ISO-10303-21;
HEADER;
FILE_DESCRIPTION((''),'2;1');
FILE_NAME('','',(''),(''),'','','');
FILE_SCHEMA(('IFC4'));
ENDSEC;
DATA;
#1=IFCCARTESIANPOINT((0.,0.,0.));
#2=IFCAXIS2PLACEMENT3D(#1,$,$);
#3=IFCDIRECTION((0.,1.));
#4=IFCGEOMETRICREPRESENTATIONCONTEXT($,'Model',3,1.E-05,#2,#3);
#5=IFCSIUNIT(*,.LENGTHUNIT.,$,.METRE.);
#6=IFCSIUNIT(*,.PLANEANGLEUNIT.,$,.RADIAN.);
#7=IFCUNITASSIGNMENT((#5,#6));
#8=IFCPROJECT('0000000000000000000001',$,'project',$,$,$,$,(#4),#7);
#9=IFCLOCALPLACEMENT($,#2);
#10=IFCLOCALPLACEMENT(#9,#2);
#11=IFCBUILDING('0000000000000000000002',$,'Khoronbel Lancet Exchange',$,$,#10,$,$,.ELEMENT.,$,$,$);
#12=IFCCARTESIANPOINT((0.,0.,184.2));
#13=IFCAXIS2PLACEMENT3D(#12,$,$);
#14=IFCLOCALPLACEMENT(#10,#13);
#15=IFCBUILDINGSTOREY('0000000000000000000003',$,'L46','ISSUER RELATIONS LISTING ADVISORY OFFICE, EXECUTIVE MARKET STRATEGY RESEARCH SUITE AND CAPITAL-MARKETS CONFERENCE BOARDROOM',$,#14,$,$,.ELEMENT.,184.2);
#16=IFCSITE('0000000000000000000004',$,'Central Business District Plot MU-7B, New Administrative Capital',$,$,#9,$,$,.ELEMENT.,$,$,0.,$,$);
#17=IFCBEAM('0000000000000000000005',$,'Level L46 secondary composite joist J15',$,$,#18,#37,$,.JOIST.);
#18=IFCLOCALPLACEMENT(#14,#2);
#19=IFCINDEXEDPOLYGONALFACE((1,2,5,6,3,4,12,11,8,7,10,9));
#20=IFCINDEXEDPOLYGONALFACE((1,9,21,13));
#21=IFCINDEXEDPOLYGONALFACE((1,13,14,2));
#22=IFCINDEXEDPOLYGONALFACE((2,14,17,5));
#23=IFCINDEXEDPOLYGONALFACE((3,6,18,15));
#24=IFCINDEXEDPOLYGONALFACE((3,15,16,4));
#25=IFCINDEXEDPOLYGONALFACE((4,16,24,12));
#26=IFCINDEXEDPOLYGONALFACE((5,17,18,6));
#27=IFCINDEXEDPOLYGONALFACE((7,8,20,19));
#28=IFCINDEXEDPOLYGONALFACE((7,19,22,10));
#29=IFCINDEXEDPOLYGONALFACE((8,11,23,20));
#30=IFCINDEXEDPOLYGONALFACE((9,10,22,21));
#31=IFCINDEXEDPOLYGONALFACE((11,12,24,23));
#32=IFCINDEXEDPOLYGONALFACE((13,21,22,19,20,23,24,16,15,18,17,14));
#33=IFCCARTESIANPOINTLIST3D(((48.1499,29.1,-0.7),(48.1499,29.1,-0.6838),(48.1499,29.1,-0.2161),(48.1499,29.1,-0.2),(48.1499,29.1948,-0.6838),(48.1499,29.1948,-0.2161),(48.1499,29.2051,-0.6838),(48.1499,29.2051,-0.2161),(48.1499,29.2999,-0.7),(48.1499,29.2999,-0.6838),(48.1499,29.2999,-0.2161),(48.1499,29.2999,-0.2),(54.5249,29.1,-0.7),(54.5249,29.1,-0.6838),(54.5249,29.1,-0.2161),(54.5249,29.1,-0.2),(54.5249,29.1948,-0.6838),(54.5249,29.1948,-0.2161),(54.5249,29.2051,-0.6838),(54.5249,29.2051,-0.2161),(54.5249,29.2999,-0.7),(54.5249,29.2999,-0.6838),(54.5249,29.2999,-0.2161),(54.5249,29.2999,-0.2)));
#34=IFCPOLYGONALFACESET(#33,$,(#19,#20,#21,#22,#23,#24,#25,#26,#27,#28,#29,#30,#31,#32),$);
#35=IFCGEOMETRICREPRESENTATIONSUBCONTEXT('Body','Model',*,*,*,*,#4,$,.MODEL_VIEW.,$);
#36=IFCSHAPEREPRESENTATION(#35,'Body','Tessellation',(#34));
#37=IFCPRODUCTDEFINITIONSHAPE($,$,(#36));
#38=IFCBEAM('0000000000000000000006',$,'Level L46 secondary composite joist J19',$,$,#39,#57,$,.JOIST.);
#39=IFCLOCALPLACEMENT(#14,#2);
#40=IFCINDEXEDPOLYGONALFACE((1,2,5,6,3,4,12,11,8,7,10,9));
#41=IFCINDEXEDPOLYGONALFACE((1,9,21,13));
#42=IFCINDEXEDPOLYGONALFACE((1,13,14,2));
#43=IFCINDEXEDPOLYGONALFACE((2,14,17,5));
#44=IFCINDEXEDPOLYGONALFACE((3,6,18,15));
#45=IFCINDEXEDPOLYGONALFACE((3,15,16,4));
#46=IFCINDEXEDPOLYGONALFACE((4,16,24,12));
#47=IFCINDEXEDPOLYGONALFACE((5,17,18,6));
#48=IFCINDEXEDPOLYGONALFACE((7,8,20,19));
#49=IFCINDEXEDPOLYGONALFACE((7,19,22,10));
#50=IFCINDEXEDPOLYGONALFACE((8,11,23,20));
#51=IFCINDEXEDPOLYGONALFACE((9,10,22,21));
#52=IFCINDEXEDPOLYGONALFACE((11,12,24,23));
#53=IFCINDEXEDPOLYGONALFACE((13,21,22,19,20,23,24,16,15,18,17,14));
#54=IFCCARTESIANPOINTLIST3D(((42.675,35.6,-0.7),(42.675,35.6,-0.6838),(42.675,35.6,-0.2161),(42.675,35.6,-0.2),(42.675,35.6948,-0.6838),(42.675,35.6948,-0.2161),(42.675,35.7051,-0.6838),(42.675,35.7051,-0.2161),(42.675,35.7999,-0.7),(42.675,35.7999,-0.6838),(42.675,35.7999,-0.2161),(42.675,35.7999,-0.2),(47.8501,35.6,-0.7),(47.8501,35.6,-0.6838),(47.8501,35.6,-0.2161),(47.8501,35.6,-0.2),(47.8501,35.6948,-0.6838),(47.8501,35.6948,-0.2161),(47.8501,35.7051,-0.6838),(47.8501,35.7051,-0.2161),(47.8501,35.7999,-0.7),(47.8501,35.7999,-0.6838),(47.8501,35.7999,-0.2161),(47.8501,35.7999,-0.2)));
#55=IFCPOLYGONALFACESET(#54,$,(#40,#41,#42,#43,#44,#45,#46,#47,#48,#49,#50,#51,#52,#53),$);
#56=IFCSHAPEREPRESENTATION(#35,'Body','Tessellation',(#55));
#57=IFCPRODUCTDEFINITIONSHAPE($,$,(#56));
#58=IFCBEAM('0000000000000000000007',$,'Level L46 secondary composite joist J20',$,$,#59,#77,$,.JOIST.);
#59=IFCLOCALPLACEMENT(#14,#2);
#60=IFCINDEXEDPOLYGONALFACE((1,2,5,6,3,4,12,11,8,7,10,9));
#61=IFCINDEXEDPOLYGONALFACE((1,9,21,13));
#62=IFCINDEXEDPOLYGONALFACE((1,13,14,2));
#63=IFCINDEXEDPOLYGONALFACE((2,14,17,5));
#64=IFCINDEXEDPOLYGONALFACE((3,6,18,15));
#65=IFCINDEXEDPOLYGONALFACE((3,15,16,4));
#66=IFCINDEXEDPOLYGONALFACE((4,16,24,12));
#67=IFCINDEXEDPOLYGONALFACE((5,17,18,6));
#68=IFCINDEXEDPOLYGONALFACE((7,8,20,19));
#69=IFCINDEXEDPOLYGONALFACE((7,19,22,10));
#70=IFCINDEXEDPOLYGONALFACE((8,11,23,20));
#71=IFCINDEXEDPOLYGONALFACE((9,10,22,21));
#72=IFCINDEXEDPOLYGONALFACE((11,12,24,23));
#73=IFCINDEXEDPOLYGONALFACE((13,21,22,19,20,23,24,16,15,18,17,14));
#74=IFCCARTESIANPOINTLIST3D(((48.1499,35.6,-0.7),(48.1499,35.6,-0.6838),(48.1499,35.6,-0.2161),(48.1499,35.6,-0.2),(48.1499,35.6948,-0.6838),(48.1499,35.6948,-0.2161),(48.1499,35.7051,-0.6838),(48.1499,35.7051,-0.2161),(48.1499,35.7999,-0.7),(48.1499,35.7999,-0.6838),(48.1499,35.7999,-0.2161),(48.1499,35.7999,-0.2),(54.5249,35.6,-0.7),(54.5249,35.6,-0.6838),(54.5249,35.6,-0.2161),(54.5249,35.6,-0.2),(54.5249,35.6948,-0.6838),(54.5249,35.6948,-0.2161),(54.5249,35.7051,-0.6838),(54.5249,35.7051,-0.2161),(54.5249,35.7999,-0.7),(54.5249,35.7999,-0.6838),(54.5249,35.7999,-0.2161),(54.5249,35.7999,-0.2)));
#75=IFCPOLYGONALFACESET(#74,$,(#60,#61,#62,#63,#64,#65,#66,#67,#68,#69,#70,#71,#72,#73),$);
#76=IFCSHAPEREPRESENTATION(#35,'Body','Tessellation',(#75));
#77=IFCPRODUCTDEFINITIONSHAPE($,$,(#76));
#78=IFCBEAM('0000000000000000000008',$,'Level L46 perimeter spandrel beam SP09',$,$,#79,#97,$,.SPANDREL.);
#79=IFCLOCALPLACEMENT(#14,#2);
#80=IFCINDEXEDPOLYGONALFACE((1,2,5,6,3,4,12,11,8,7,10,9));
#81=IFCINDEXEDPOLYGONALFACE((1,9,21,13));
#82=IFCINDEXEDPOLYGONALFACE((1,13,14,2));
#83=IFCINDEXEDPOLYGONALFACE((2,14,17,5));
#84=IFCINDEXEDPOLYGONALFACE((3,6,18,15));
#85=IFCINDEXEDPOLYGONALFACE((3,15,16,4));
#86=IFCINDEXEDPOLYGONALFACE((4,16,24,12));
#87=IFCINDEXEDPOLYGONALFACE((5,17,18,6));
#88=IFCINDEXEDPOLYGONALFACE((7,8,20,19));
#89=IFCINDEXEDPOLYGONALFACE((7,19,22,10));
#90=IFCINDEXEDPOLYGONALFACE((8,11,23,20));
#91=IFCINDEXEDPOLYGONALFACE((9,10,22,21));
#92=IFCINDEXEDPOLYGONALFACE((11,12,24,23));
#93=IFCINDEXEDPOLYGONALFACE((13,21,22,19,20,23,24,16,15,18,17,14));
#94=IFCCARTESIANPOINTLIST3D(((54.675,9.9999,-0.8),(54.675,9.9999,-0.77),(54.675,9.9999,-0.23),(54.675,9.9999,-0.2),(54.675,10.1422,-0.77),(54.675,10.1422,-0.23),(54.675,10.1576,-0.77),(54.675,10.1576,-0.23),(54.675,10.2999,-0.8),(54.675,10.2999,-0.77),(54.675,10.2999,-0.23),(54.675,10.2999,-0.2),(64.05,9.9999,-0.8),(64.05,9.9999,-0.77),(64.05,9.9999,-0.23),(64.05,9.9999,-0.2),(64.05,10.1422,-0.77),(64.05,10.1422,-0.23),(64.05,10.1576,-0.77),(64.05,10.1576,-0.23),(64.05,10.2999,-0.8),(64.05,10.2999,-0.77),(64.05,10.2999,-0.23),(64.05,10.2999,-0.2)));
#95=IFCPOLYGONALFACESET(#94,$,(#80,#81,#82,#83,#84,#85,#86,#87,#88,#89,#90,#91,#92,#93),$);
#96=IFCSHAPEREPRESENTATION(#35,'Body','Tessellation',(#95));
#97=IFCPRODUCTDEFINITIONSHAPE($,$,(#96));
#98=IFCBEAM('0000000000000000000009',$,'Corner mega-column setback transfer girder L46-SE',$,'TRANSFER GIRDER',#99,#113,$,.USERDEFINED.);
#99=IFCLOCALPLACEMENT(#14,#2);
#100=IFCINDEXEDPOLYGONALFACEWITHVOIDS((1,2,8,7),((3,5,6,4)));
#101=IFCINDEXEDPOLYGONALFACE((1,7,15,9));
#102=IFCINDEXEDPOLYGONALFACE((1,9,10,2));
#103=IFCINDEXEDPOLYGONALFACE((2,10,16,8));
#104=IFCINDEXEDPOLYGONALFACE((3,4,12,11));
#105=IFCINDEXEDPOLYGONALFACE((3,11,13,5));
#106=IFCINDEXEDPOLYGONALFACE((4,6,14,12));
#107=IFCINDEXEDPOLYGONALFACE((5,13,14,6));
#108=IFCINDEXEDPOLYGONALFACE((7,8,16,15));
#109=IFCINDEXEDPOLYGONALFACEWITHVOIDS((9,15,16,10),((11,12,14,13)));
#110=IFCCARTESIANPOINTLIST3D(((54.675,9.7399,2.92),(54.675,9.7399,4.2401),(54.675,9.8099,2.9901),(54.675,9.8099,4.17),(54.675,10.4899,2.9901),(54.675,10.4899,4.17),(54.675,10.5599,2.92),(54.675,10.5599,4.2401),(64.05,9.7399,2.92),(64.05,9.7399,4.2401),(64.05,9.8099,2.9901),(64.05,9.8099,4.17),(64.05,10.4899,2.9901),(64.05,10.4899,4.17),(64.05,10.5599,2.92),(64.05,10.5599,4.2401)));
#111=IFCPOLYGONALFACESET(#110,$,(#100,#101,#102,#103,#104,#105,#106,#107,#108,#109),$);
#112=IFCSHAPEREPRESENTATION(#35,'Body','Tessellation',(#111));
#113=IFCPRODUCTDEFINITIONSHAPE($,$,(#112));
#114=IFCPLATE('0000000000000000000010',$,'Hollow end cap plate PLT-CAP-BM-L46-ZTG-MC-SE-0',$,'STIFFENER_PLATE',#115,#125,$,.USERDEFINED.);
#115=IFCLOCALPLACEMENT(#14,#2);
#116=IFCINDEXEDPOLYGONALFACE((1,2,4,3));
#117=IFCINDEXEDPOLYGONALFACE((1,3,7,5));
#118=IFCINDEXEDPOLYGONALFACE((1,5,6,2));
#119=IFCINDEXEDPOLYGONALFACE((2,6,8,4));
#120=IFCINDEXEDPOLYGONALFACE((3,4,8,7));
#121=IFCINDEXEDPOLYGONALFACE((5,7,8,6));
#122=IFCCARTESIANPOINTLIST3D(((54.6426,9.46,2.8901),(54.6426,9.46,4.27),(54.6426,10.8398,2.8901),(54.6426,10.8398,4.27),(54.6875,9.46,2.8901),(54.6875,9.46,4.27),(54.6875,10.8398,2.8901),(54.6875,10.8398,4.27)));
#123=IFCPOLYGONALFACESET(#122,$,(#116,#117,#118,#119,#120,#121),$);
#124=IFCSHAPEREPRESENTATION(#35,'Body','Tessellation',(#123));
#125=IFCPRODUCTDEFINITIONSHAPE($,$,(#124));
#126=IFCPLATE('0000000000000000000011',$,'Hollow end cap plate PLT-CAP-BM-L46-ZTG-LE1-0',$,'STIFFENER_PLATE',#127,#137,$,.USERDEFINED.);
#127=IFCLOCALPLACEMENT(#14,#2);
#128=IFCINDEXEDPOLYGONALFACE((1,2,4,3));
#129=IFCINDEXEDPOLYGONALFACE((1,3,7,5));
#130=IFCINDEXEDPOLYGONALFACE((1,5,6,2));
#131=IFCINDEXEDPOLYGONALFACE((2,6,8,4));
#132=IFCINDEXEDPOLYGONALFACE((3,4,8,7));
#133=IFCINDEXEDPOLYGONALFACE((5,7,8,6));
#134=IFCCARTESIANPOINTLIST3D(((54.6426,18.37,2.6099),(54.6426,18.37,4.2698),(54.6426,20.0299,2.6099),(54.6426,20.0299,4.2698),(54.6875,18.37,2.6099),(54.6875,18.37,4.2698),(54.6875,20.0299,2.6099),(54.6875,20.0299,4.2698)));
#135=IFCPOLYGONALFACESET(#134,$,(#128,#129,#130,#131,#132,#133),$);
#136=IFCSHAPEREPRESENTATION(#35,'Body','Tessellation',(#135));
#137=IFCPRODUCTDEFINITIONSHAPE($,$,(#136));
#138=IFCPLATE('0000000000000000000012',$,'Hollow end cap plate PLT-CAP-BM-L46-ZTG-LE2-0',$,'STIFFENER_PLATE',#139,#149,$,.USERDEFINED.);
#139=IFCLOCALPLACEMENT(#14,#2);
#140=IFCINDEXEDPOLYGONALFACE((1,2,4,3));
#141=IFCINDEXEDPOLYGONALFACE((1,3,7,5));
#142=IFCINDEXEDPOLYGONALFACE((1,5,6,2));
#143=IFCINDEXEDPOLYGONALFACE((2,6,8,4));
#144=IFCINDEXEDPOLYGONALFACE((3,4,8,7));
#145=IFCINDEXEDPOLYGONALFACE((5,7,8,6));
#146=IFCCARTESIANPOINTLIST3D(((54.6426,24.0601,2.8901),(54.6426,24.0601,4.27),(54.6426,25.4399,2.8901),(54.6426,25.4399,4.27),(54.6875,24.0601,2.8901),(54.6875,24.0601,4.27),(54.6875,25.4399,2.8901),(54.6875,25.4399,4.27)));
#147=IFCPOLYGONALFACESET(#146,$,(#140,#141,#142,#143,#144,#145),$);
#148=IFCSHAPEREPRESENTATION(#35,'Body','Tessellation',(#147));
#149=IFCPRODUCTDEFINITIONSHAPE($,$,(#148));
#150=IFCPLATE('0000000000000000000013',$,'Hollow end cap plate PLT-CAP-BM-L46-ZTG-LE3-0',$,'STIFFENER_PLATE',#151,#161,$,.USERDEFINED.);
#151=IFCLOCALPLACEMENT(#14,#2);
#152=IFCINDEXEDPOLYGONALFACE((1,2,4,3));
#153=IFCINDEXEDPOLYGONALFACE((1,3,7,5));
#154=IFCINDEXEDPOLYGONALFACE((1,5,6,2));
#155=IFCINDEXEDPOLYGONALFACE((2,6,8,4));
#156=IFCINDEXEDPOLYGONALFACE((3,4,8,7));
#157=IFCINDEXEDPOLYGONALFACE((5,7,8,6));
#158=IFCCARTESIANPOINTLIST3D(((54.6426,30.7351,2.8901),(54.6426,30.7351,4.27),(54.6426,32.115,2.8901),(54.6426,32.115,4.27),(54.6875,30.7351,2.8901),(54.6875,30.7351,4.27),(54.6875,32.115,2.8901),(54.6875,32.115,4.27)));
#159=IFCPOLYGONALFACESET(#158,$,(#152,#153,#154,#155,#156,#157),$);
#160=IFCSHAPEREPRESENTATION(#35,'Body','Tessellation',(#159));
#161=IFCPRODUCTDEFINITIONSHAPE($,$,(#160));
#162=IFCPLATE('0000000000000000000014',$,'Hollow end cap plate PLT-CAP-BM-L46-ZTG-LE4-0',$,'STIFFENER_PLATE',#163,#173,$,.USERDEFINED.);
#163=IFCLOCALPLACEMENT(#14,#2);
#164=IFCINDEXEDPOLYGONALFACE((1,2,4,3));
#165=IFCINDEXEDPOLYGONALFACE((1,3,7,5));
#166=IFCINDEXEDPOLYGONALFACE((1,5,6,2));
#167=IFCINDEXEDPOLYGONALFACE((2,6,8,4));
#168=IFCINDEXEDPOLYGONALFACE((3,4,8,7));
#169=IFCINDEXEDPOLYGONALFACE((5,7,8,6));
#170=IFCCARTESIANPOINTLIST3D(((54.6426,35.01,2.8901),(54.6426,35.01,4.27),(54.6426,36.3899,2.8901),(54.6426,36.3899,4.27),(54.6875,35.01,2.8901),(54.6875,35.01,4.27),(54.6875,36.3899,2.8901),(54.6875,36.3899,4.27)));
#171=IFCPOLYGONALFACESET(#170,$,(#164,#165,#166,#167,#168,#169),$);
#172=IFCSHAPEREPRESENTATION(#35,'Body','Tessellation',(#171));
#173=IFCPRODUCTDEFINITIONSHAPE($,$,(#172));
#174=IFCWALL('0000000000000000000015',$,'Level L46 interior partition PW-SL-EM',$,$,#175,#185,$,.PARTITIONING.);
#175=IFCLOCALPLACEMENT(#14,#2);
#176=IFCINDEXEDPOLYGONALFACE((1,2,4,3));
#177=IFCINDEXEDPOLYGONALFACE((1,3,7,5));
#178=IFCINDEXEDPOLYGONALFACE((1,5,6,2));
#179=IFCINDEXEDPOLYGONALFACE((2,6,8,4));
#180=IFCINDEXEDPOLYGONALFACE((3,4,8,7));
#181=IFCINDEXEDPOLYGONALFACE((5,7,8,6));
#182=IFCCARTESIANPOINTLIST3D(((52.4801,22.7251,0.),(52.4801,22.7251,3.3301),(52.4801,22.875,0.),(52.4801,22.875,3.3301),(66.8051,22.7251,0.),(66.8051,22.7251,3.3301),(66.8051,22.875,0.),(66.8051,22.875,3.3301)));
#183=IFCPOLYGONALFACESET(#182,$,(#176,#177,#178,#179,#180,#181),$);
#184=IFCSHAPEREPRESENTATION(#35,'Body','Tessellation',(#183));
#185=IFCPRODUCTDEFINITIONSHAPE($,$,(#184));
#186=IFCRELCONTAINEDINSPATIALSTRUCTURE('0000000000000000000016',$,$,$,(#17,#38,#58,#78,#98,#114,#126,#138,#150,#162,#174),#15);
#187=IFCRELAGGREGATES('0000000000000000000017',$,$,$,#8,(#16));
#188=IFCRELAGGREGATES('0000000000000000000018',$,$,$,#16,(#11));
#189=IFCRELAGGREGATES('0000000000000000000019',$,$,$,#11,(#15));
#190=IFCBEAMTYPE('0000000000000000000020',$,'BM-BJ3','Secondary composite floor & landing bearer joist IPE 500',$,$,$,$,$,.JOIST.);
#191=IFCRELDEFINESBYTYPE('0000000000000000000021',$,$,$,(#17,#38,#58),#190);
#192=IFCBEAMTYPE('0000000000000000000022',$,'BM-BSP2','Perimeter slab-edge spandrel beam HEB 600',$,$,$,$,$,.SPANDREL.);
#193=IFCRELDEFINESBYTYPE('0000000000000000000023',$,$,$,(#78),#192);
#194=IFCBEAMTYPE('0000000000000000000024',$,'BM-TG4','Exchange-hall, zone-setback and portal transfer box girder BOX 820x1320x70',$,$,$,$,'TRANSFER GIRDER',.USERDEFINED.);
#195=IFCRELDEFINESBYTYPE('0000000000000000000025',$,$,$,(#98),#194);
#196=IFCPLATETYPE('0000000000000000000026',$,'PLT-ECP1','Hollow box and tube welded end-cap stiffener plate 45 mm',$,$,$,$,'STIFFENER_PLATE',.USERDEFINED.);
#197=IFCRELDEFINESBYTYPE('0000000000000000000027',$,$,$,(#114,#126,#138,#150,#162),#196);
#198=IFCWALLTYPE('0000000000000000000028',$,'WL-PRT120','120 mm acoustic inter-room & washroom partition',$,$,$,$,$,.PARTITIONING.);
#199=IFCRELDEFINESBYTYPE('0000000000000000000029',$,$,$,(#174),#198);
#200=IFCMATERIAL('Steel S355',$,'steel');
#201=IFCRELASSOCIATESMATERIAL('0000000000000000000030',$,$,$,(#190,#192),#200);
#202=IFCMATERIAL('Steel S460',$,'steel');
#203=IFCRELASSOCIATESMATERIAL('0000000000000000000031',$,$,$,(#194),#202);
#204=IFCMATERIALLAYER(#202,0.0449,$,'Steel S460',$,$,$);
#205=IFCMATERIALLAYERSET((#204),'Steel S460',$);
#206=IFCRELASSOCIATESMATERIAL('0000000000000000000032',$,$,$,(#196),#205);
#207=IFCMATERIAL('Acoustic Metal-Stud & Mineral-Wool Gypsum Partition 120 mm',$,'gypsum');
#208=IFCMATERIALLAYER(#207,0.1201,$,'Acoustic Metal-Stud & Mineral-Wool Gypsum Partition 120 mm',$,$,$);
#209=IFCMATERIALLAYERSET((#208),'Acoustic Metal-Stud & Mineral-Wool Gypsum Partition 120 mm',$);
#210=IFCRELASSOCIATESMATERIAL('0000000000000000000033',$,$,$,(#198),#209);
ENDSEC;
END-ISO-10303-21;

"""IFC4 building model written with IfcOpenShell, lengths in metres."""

from ifc_helpers import new_model, si_unit, direction, frame, frame_2d, origin, origin_2d, place, context, subcontext, project, spatial, rectangle, hollow_rectangle, i_section, extrude, material, layer, layer_set, material_profile, profile_set, type_object, element, save


model = new_model("IFC4")

# Units and contexts
model_context = context("Model", 3, precision=1e-05, world=origin(), true_north=direction((0.0, 1.0)))
body_context = subcontext(model_context, "Body", "Model", "MODEL_VIEW")
ifc_project = project(units=[si_unit("LENGTHUNIT", "METRE"), si_unit("PLANEANGLEUNIT", "RADIAN")], contexts=[model_context])

# Site, building, storey
site_placement = place(None, origin())
site = spatial("IfcSite", under=ifc_project, at=site_placement, Name="Central Business District Plot MU-7B, New Administrative Capital", CompositionType="ELEMENT", RefElevation=0.0)
building_placement = place(site_placement, origin())
building = spatial("IfcBuilding", under=site, at=building_placement, Name="Khoronbel Lancet Exchange", CompositionType="ELEMENT")
storey_placement = place(building_placement, frame((0.0, 0.0, 184.2)))
storey = spatial("IfcBuildingStorey", under=building, at=storey_placement, Name="L46", Description="ISSUER RELATIONS LISTING ADVISORY OFFICE, EXECUTIVE MARKET STRATEGY RESEARCH SUITE AND CAPITAL-MARKETS CONFERENCE BOARDROOM", CompositionType="ELEMENT", Elevation=184.2)

# Shared definitions
ifc_material_1 = material(Name="Steel S460", Category="steel")

# Beams
ifc_material_2 = material(Name="Steel S355", Category="steel")
ifc_material_profile_1 = material_profile(ifc_material_2, i_section(OverallWidth=0.2, OverallDepth=0.5, WebThickness=0.0103, FlangeThickness=0.0161, at=origin_2d()), Name="IPE 500")
ifc_profile_set_1 = profile_set([ifc_material_profile_1], Name="Steel S355")
beam_type_1 = type_object("IfcBeamType", Name="BM-BJ3", Description="Secondary composite floor & landing bearer joist IPE 500", PredefinedType="JOIST", material=ifc_profile_set_1)
beam_1_placement = place(storey_placement, frame((48.1499, 29.2, -0.45), z_axis=(1.0, 0.0, 0.0), x_axis=(0.0, 1.0, 0.0)))
element("IfcBeam", 1, at=beam_1_placement, inside=storey, type_object=beam_type_1, Name="Level L46 secondary composite joist J15", PredefinedType="JOIST", context=body_context, shape_type="SweptSolid", body=[
    extrude(i_section(OverallWidth=0.2, OverallDepth=0.5, WebThickness=0.0103, FlangeThickness=0.0161, at=origin_2d()), origin(), (0.0, 0.0, 1.0), 6.375),
])
beam_2_placement = place(storey_placement, frame((42.675, 35.7, -0.45), z_axis=(1.0, 0.0, 0.0), x_axis=(0.0, 1.0, 0.0)))
element("IfcBeam", 2, at=beam_2_placement, inside=storey, type_object=beam_type_1, Name="Level L46 secondary composite joist J19", PredefinedType="JOIST", context=body_context, shape_type="SweptSolid", body=[
    extrude(i_section(OverallWidth=0.2, OverallDepth=0.5, WebThickness=0.0103, FlangeThickness=0.0161, at=origin_2d()), origin(), (0.0, 0.0, 1.0), 5.175),
])
beam_3_placement = place(storey_placement, frame((48.1499, 35.7, -0.45), z_axis=(1.0, 0.0, 0.0), x_axis=(0.0, 1.0, 0.0)))
element("IfcBeam", 3, at=beam_3_placement, inside=storey, type_object=beam_type_1, Name="Level L46 secondary composite joist J20", PredefinedType="JOIST", context=body_context, shape_type="SweptSolid", body=[
    extrude(i_section(OverallWidth=0.2, OverallDepth=0.5, WebThickness=0.0103, FlangeThickness=0.0161, at=origin_2d()), origin(), (0.0, 0.0, 1.0), 6.375),
])
ifc_material_profile_2 = material_profile(ifc_material_2, i_section(OverallWidth=0.3, OverallDepth=0.6001, WebThickness=0.0154, FlangeThickness=0.03, at=origin_2d()), Name="HEB 600")
ifc_profile_set_2 = profile_set([ifc_material_profile_2], Name="Steel S355")
beam_type_2 = type_object("IfcBeamType", Name="BM-BSP2", Description="Perimeter slab-edge spandrel beam HEB 600", PredefinedType="SPANDREL", material=ifc_profile_set_2)
beam_4_placement = place(storey_placement, frame((54.675, 10.1499, -0.5), z_axis=(1.0, 0.0, 0.0), x_axis=(0.0, 1.0, 0.0)))
element("IfcBeam", 4, at=beam_4_placement, inside=storey, type_object=beam_type_2, Name="Level L46 perimeter spandrel beam SP09", PredefinedType="SPANDREL", context=body_context, shape_type="SweptSolid", body=[
    extrude(i_section(OverallWidth=0.3, OverallDepth=0.6001, WebThickness=0.0154, FlangeThickness=0.03, at=origin_2d()), origin(), (0.0, 0.0, 1.0), 9.375),
])
ifc_material_profile_3 = material_profile(ifc_material_1, hollow_rectangle(XDim=0.8201, YDim=1.3201, WallThickness=0.0701, at=origin_2d()), Name="BOX 820x1320x70")
ifc_profile_set_3 = profile_set([ifc_material_profile_3], Name="Steel S460")
beam_type_3 = type_object("IfcBeamType", Name="BM-TG4", Description="Exchange-hall, zone-setback and portal transfer box girder BOX 820x1320x70", ElementType="TRANSFER GIRDER", PredefinedType="USERDEFINED", material=ifc_profile_set_3)
beam_5_placement = place(storey_placement, frame((54.675, 10.1499, 3.5801), z_axis=(1.0, 0.0, 0.0), x_axis=(0.0, 1.0, 0.0)))
element("IfcBeam", 5, at=beam_5_placement, inside=storey, type_object=beam_type_3, Name="Corner mega-column setback transfer girder L46-SE", ObjectType="TRANSFER GIRDER", PredefinedType="USERDEFINED", context=body_context, shape_type="SweptSolid", body=[
    extrude(hollow_rectangle(XDim=0.8201, YDim=1.3201, WallThickness=0.0701, at=origin_2d()), origin(), (0.0, 0.0, 1.0), 9.375),
])

# Plates
ifc_layer_1 = layer(ifc_material_1, 0.0449, Name="Steel S460")
ifc_layer_set_1 = layer_set([ifc_layer_1], Name="Steel S460")
plate_type = type_object("IfcPlateType", Name="PLT-ECP1", Description="Hollow box and tube welded end-cap stiffener plate 45 mm", ElementType="STIFFENER_PLATE", PredefinedType="USERDEFINED", material=ifc_layer_set_1)
plate_1_placement = place(storey_placement, frame((54.665, 10.1499, 2.8901), z_axis=(0.0, 0.0, 1.0), x_axis=(-1.0, 0.0, 0.0)))
element("IfcPlate", 6, at=plate_1_placement, inside=storey, type_object=plate_type, Name="Hollow end cap plate PLT-CAP-BM-L46-ZTG-MC-SE-0", ObjectType="STIFFENER_PLATE", PredefinedType="USERDEFINED", context=body_context, shape_type="SweptSolid", body=[
    extrude(rectangle(XDim=0.0449, YDim=1.3799, at=origin_2d()), origin(), (0.0, 0.0, 1.0), 1.3799),
])
plate_2_placement = place(storey_placement, frame((54.665, 19.2, 2.6099), z_axis=(0.0, 0.0, 1.0), x_axis=(-1.0, 0.0, 0.0)))
element("IfcPlate", 7, at=plate_2_placement, inside=storey, type_object=plate_type, Name="Hollow end cap plate PLT-CAP-BM-L46-ZTG-LE1-0", ObjectType="STIFFENER_PLATE", PredefinedType="USERDEFINED", context=body_context, shape_type="SweptSolid", body=[
    extrude(rectangle(XDim=0.0449, YDim=1.6599, at=origin_2d()), origin(), (0.0, 0.0, 1.0), 1.6599),
])
for number, where, z_axis, x_axis, name in (
    (8, (54.665, 24.75, 2.8901), (0.0, 0.0, 1.0), (-1.0, 0.0, 0.0), "Hollow end cap plate PLT-CAP-BM-L46-ZTG-LE2-0"),
    (9, (54.665, 31.425, 2.8901), (0.0, 0.0, 1.0), (-1.0, 0.0, 0.0), "Hollow end cap plate PLT-CAP-BM-L46-ZTG-LE3-0"),
    (10, (54.665, 35.7, 2.8901), (0.0, 0.0, 1.0), (-1.0, 0.0, 0.0), "Hollow end cap plate PLT-CAP-BM-L46-ZTG-LE4-0"),
):
    element("IfcPlate", number, at=place(storey_placement, frame(where, z_axis=z_axis, x_axis=x_axis)), inside=storey, type_object=plate_type, Name=name, ObjectType="STIFFENER_PLATE", PredefinedType="USERDEFINED", context=body_context, shape_type="SweptSolid", body=[
        extrude(rectangle(XDim=0.0449, YDim=1.3799, at=origin_2d()), origin(), (0.0, 0.0, 1.0), 1.3799),
    ])

# Wall
ifc_material_3 = material(Name="Acoustic Metal-Stud & Mineral-Wool Gypsum Partition 120 mm", Category="gypsum")
ifc_layer_2 = layer(ifc_material_3, 0.1201, Name="Acoustic Metal-Stud & Mineral-Wool Gypsum Partition 120 mm")
ifc_layer_set_2 = layer_set([ifc_layer_2], Name="Acoustic Metal-Stud & Mineral-Wool Gypsum Partition 120 mm")
wall_type_1 = type_object("IfcWallType", Name="WL-PRT120", Description="120 mm acoustic inter-room & washroom partition", PredefinedType="PARTITIONING", material=ifc_layer_set_2)
wall_1_placement = place(storey_placement, frame((52.48, 22.8, 0.0), z_axis=(0.0, 0.0, 1.0), x_axis=(1.0, 0.0, 0.0)))
element("IfcWall", 11, at=wall_1_placement, inside=storey, type_object=wall_type_1, Name="Level L46 interior partition PW-SL-EM", PredefinedType="PARTITIONING", context=body_context, shape_type="SweptSolid", body=[
    extrude(rectangle(XDim=14.325, YDim=0.1499, at=frame_2d((7.1626, 0.0))), origin(), (0.0, 0.0, 1.0), 3.3301),
])

save(model, "model.ifc")
